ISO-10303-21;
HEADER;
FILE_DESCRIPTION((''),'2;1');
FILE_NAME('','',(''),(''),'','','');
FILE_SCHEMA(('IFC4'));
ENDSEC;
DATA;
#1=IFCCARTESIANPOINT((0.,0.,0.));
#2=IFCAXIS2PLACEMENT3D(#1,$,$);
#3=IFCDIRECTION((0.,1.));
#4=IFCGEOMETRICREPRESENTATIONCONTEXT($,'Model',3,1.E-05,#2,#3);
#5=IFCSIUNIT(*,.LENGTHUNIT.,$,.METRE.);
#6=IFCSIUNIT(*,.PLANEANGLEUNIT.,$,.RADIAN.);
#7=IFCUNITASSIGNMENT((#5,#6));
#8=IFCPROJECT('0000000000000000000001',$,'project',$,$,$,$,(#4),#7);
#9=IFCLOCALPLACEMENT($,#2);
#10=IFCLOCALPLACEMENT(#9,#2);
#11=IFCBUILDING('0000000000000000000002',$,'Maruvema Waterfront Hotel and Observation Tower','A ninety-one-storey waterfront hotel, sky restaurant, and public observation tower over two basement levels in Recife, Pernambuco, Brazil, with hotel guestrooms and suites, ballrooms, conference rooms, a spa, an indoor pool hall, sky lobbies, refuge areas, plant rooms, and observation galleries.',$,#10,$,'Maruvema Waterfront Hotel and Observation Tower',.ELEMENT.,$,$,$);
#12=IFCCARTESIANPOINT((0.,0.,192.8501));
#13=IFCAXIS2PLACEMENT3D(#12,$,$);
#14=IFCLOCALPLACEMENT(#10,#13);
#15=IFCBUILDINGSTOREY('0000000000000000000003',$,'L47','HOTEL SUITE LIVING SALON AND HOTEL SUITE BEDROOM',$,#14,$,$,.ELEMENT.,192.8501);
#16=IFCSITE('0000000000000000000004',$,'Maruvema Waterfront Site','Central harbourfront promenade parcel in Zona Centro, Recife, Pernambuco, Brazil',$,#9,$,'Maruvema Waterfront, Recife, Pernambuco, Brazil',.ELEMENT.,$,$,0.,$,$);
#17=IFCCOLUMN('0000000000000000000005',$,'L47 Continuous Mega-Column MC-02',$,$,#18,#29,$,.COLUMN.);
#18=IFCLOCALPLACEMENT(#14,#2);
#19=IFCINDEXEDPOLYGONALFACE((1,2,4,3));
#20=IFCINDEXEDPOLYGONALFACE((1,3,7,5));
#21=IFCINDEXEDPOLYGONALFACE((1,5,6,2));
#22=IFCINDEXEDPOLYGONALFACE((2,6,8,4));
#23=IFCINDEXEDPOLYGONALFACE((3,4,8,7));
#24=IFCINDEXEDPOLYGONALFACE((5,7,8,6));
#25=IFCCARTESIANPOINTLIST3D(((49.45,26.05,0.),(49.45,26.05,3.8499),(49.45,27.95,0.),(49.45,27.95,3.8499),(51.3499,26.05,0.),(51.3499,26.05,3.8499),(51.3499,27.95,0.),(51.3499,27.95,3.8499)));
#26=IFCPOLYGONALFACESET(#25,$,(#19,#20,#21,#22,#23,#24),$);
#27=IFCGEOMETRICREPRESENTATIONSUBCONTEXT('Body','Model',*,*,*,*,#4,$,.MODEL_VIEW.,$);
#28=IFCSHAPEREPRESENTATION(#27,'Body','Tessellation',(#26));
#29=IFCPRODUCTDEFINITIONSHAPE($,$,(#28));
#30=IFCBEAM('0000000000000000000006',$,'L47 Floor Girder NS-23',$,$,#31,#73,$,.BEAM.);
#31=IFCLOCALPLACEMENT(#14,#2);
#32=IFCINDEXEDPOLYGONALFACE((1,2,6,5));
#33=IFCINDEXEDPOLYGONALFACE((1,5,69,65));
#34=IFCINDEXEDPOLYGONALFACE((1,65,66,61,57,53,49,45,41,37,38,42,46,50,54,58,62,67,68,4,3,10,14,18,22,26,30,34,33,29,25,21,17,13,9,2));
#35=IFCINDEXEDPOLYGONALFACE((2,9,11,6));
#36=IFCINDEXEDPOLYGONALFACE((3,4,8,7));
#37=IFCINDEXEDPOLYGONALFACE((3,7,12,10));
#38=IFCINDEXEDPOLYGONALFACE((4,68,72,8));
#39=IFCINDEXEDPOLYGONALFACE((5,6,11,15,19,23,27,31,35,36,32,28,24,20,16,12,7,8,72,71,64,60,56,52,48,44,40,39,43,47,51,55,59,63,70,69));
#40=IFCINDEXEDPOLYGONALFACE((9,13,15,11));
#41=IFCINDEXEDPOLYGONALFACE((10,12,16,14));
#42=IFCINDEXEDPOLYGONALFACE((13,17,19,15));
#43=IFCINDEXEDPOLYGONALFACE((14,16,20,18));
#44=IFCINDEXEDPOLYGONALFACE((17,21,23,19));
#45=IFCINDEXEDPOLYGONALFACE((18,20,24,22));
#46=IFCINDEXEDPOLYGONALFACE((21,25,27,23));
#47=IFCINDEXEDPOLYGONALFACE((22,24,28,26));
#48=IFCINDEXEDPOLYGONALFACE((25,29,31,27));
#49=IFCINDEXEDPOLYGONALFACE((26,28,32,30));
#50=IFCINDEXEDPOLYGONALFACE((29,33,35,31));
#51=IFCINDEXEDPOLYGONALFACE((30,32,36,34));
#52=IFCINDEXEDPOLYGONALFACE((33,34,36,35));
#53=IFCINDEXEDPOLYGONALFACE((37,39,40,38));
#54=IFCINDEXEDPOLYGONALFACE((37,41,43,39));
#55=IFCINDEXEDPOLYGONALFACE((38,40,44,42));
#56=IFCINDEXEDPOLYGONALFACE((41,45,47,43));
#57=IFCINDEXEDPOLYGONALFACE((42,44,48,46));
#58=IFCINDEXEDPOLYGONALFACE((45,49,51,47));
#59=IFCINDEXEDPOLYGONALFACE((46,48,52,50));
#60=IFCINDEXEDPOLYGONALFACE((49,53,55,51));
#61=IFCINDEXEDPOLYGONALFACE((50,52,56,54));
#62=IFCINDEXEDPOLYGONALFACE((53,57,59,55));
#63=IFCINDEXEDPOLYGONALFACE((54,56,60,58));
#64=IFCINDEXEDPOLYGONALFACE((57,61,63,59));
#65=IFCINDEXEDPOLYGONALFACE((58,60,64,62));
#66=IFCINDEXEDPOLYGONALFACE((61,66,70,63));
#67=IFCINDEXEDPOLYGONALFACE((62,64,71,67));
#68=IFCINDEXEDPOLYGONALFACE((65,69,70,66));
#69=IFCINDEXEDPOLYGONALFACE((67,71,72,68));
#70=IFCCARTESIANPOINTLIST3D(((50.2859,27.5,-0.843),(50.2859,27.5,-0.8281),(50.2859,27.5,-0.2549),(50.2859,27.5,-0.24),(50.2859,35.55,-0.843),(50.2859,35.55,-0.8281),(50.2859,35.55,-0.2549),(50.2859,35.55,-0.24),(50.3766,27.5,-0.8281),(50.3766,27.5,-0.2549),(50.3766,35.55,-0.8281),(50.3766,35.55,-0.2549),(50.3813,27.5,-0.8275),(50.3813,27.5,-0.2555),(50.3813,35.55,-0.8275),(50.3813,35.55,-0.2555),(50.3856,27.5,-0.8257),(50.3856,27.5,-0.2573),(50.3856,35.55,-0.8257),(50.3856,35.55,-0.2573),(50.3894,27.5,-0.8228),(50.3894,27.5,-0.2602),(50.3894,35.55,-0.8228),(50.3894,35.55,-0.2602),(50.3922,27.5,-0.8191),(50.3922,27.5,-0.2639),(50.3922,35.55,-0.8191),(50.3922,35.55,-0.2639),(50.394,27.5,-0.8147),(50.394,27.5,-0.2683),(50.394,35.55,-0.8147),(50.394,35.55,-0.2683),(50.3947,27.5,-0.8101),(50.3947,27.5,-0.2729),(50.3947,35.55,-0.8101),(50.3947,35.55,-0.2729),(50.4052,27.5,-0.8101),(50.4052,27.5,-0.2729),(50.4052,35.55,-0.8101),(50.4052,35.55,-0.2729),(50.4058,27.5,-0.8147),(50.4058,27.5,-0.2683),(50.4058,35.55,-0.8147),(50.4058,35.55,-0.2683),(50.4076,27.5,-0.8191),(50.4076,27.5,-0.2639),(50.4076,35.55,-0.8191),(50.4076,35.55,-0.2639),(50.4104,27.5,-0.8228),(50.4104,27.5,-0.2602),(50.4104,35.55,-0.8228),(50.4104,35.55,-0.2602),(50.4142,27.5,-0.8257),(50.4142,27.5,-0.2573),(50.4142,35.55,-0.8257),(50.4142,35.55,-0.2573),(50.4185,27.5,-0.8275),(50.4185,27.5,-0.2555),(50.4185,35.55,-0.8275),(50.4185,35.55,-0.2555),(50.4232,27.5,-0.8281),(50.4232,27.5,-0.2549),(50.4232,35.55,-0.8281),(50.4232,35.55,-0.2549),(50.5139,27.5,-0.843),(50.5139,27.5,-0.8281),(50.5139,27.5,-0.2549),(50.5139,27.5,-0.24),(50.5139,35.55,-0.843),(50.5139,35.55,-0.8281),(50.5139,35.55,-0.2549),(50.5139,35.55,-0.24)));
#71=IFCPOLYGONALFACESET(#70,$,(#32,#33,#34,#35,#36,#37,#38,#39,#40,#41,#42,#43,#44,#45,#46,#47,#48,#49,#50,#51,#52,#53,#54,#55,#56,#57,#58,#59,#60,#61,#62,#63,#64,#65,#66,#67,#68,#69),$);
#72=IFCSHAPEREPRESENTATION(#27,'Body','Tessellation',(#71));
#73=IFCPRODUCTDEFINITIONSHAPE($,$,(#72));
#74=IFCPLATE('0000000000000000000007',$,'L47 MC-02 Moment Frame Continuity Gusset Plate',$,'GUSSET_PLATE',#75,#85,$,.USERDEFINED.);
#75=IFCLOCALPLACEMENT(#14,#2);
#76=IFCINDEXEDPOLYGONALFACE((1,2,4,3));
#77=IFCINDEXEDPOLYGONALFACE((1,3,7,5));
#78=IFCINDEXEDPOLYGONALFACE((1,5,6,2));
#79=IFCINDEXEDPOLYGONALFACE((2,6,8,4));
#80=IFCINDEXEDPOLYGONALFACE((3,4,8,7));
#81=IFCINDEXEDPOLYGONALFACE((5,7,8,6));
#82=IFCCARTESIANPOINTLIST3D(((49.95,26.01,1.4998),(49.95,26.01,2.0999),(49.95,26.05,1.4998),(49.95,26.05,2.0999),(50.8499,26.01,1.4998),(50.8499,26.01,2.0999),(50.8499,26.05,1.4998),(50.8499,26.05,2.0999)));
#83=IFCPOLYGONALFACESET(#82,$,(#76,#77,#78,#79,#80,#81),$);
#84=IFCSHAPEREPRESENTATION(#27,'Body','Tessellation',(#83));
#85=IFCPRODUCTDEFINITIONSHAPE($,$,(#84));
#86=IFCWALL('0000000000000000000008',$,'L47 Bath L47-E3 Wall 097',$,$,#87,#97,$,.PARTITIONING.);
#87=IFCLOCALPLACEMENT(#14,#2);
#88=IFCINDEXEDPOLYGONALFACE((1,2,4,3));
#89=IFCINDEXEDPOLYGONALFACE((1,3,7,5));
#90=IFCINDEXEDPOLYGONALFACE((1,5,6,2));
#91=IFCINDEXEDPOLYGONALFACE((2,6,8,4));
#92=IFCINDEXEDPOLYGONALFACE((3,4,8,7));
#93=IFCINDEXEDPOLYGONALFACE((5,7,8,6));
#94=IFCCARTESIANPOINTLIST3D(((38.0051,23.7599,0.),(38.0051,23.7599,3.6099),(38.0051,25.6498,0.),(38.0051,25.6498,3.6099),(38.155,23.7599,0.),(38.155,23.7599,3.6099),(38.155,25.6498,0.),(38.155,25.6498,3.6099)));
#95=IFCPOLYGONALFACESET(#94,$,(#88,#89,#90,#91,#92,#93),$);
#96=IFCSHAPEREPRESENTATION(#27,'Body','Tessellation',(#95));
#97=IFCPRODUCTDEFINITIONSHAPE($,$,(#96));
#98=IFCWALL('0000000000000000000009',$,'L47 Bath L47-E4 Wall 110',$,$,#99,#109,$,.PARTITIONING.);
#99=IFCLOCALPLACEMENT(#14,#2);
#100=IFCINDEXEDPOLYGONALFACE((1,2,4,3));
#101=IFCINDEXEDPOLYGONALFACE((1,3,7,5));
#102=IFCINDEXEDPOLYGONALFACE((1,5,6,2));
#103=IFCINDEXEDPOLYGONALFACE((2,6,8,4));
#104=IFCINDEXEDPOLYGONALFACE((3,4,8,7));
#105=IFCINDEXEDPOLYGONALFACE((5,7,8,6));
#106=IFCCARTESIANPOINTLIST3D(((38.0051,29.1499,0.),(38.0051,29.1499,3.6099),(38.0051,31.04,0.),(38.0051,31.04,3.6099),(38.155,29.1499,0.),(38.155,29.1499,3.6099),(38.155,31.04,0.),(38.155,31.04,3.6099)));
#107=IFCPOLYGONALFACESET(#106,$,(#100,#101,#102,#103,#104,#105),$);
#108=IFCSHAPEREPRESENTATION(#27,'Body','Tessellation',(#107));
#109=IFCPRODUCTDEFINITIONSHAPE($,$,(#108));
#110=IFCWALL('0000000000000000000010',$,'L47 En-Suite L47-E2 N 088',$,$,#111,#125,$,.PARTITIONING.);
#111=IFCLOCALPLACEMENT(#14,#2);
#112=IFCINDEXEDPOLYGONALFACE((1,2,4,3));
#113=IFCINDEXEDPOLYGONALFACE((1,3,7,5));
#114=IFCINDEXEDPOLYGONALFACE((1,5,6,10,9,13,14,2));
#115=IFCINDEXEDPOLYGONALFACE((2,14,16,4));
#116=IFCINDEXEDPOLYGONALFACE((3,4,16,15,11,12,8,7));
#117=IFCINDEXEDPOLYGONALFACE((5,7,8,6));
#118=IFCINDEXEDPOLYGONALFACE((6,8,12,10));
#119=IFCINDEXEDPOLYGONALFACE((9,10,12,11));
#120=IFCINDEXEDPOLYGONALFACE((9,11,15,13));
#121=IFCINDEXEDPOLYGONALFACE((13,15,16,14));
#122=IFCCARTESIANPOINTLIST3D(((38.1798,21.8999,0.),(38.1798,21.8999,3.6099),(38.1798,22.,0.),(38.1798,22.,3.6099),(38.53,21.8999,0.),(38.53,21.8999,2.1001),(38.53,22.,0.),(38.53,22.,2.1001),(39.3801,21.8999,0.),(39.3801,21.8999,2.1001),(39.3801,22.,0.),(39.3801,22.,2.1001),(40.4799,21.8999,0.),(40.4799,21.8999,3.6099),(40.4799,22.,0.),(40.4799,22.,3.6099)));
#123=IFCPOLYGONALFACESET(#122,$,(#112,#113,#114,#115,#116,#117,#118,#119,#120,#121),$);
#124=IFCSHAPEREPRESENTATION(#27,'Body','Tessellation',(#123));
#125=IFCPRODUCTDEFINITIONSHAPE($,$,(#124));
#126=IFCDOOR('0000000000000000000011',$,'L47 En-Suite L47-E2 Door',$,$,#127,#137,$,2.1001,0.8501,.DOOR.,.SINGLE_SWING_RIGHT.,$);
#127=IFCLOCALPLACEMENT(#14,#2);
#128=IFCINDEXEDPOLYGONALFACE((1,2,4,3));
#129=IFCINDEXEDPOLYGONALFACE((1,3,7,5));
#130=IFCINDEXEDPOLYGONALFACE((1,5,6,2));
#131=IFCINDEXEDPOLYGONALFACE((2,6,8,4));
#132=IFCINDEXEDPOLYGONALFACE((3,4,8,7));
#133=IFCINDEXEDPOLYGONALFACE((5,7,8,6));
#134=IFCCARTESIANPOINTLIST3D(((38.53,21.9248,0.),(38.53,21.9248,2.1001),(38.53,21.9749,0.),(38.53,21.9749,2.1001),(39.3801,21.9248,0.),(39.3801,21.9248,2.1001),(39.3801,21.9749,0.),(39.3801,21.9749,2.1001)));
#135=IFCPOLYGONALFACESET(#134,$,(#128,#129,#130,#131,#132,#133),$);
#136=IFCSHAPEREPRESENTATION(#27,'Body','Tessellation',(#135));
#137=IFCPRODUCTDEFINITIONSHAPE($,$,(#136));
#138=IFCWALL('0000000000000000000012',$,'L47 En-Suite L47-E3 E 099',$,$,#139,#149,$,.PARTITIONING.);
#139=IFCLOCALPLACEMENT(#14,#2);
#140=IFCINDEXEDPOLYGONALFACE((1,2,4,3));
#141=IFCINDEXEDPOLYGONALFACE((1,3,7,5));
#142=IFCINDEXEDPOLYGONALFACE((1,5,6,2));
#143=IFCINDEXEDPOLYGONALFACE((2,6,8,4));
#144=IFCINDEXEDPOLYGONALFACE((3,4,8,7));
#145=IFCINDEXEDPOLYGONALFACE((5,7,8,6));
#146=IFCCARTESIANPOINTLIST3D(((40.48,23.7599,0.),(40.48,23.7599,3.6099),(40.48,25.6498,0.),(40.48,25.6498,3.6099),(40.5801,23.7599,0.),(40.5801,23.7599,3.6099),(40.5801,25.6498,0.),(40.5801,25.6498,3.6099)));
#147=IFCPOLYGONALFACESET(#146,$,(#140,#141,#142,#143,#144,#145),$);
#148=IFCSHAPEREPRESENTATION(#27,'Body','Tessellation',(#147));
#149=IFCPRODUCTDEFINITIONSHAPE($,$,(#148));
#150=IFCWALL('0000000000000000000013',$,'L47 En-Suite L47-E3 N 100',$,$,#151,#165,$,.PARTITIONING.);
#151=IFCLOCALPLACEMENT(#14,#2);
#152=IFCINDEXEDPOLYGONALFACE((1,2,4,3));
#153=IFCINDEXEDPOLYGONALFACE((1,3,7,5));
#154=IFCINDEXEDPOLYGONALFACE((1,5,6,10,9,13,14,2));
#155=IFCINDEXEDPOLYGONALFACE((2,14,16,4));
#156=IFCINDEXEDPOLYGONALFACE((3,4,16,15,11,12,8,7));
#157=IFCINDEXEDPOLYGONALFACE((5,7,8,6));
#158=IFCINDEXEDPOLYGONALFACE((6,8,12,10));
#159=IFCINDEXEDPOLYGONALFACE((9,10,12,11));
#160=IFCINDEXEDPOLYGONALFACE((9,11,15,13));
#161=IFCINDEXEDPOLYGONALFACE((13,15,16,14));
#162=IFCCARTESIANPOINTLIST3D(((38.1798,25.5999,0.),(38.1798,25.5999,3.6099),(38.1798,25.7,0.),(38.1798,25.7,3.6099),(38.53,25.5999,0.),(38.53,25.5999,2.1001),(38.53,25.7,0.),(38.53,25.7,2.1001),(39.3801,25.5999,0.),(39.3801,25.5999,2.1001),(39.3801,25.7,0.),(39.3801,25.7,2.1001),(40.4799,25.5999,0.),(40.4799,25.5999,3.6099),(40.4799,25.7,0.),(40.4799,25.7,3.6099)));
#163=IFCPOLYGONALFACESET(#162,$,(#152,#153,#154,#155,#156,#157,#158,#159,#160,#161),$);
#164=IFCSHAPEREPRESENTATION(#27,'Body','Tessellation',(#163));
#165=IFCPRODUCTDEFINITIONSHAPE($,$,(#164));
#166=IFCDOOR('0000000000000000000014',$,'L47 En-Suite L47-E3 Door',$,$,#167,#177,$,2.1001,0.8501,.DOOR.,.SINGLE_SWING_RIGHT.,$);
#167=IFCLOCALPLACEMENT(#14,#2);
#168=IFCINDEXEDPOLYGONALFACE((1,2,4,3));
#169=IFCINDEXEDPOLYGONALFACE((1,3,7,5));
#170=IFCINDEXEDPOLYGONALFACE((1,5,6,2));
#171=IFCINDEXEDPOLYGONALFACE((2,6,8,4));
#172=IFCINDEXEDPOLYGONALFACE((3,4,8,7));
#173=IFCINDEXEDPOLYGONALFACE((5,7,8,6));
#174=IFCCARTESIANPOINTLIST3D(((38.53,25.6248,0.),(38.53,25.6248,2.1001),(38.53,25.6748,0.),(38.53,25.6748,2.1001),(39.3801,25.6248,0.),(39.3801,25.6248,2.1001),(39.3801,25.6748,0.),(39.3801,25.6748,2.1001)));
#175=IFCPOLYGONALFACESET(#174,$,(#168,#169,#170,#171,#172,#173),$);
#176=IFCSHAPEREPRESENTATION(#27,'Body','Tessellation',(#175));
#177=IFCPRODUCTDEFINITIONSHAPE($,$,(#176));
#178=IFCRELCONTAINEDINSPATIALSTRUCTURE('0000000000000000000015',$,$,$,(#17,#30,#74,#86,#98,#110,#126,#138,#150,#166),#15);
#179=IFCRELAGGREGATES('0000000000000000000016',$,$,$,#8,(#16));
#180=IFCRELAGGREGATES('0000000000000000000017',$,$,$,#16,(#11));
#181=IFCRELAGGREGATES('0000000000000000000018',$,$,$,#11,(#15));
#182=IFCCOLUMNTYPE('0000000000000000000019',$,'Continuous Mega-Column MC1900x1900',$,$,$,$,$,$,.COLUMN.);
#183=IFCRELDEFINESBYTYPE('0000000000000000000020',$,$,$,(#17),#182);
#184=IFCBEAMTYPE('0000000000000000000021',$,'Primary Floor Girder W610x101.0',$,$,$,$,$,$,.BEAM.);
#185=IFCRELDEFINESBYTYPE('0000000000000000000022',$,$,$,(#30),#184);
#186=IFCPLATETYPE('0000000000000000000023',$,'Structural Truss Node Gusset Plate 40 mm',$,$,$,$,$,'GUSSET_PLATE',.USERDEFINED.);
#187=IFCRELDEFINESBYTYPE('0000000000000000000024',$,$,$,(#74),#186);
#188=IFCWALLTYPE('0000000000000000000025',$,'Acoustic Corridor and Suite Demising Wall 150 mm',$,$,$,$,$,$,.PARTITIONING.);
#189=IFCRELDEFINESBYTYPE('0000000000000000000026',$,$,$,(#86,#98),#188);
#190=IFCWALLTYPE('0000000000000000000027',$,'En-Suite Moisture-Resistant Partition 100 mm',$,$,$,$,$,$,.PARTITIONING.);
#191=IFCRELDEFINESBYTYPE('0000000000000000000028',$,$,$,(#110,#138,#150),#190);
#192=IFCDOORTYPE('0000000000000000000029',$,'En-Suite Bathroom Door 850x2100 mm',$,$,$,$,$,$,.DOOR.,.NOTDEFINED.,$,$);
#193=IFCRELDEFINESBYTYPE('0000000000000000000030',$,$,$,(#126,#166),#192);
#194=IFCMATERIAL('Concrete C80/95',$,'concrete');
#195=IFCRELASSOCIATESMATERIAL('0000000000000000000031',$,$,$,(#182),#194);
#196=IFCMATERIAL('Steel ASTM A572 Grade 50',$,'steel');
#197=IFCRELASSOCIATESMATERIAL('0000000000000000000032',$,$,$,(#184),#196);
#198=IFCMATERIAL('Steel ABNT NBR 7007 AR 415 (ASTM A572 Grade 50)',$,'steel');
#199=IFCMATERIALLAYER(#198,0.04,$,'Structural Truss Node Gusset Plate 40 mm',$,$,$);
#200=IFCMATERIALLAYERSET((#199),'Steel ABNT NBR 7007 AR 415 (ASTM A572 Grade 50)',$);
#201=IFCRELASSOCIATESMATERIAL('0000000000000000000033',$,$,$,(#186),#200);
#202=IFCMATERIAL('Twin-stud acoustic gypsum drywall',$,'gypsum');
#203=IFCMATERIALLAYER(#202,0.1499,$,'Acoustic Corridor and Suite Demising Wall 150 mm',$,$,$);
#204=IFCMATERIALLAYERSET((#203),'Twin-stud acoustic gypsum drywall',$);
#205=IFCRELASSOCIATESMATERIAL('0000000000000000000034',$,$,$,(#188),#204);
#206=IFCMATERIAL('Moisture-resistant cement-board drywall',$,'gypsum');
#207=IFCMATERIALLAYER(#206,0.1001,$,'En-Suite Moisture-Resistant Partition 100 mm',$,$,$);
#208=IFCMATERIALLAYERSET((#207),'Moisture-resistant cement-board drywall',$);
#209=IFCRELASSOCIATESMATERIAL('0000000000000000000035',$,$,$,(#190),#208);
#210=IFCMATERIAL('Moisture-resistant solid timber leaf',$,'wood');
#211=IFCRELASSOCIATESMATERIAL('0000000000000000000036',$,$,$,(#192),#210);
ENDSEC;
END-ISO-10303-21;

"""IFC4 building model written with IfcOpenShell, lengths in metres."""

from ifc_helpers import new_model, si_unit, direction, frame, frame_2d, origin, origin_2d, place, context, subcontext, project, spatial, rectangle, i_section, extrude, material, layer, layer_set, material_profile, profile_set, type_object, element, fill, save


model = new_model("IFC4")

# Units and contexts
model_context = context("Model", 3, precision=1e-05, world=origin(), true_north=direction((0.0, 1.0)))
body_context = subcontext(model_context, "Body", "Model", "MODEL_VIEW")
ifc_project = project(units=[si_unit("LENGTHUNIT", "METRE"), si_unit("PLANEANGLEUNIT", "RADIAN")], contexts=[model_context])

# Site, building, storey
site_placement = place(None, origin())
site = spatial("IfcSite", under=ifc_project, at=site_placement, Name="Maruvema Waterfront Site", Description="Central harbourfront promenade parcel in Zona Centro, Recife, Pernambuco, Brazil", LongName="Maruvema Waterfront, Recife, Pernambuco, Brazil", CompositionType="ELEMENT", RefElevation=0.0)
building_placement = place(site_placement, origin())
building = spatial("IfcBuilding", under=site, at=building_placement, Name="Maruvema Waterfront Hotel and Observation Tower", Description="A ninety-one-storey waterfront hotel, sky restaurant, and public observation tower over two basement levels in Recife, Pernambuco, Brazil, with hotel guestrooms and suites, ballrooms, conference rooms, a spa, an indoor pool hall, sky lobbies, refuge areas, plant rooms, and observation galleries.", LongName="Maruvema Waterfront Hotel and Observation Tower", CompositionType="ELEMENT")
storey_placement = place(building_placement, frame((0.0, 0.0, 192.8501)))
storey = spatial("IfcBuildingStorey", under=building, at=storey_placement, Name="L47", Description="HOTEL SUITE LIVING SALON AND HOTEL SUITE BEDROOM", CompositionType="ELEMENT", Elevation=192.8501)

# Column
ifc_material_1 = material(Name="Concrete C80/95", Category="concrete")
ifc_material_profile_1 = material_profile(ifc_material_1, rectangle(XDim=1.8999, YDim=1.8999, at=origin_2d()), Name="MC1900x1900")
ifc_profile_set_1 = profile_set([ifc_material_profile_1], Name="Concrete C80/95")
column_type = type_object("IfcColumnType", Name="Continuous Mega-Column MC1900x1900", PredefinedType="COLUMN", material=ifc_profile_set_1)
column_placement = place(storey_placement, frame((50.3999, 27.0, 0.0), z_axis=(0.0, 0.0, 1.0), x_axis=(1.0, 0.0, 0.0)))
element("IfcColumn", 1, at=column_placement, inside=storey, type_object=column_type, Name="L47 Continuous Mega-Column MC-02", PredefinedType="COLUMN", context=body_context, shape_type="SweptSolid", body=[
    extrude(rectangle(XDim=1.8999, YDim=1.8999, at=origin_2d()), origin(), (0.0, 0.0, 1.0), 3.8499),
])

# Beam
ifc_material_2 = material(Name="Steel ASTM A572 Grade 50", Category="steel")
ifc_material_profile_2 = material_profile(ifc_material_2, i_section(OverallWidth=0.228, OverallDepth=0.603, WebThickness=0.0105, FlangeThickness=0.0149, FilletRadius=0.0181, at=origin_2d()), Name="W610x101.0")
ifc_profile_set_2 = profile_set([ifc_material_profile_2], Name="Steel ASTM A572 Grade 50")
beam_type = type_object("IfcBeamType", Name="Primary Floor Girder W610x101.0", PredefinedType="BEAM", material=ifc_profile_set_2)
beam_placement = place(storey_placement, frame((50.3999, 27.5, -0.5415), z_axis=(0.0, 1.0, 0.0), x_axis=(-1.0, 0.0, 0.0)))
element("IfcBeam", 2, at=beam_placement, inside=storey, type_object=beam_type, Name="L47 Floor Girder NS-23", PredefinedType="BEAM", context=body_context, shape_type="SweptSolid", body=[
    extrude(i_section(OverallWidth=0.228, OverallDepth=0.603, WebThickness=0.0105, FlangeThickness=0.0149, FilletRadius=0.0181, at=origin_2d()), origin(), (0.0, 0.0, 1.0), 8.05),
])

# Plate
ifc_material_3 = material(Name="Steel ABNT NBR 7007 AR 415 (ASTM A572 Grade 50)", Category="steel")
ifc_layer_1 = layer(ifc_material_3, 0.04, Name="Structural Truss Node Gusset Plate 40 mm")
ifc_layer_set_1 = layer_set([ifc_layer_1], Name="Steel ABNT NBR 7007 AR 415 (ASTM A572 Grade 50)")
plate_type = type_object("IfcPlateType", Name="Structural Truss Node Gusset Plate 40 mm", ElementType="GUSSET_PLATE", PredefinedType="USERDEFINED", material=ifc_layer_set_1)
plate_placement = place(storey_placement, frame((50.3999, 26.03, 1.4998), z_axis=(0.0, 0.0, 1.0), x_axis=(1.0, 0.0, 0.0)))
element("IfcPlate", 3, at=plate_placement, inside=storey, type_object=plate_type, Name="L47 MC-02 Moment Frame Continuity Gusset Plate", ObjectType="GUSSET_PLATE", PredefinedType="USERDEFINED", context=body_context, shape_type="SweptSolid", body=[
    extrude(rectangle(XDim=0.8999, YDim=0.04, at=origin_2d()), origin(), (0.0, 0.0, 1.0), 0.6001),
])

# Wall
ifc_material_4 = material(Name="Twin-stud acoustic gypsum drywall", Category="gypsum")
ifc_layer_2 = layer(ifc_material_4, 0.1499, Name="Acoustic Corridor and Suite Demising Wall 150 mm")
ifc_layer_set_2 = layer_set([ifc_layer_2], Name="Twin-stud acoustic gypsum drywall")
wall_type_1 = type_object("IfcWallType", Name="Acoustic Corridor and Suite Demising Wall 150 mm", PredefinedType="PARTITIONING", material=ifc_layer_set_2)
wall_1_placement = place(storey_placement, frame((38.0801, 23.76, 0.0), z_axis=(0.0, 0.0, 1.0), x_axis=(0.0, 1.0, 0.0)))
element("IfcWall", 4, at=wall_1_placement, inside=storey, type_object=wall_type_1, Name="L47 Bath L47-E3 Wall 097", PredefinedType="PARTITIONING", context=body_context, shape_type="SweptSolid", body=[
    extrude(rectangle(XDim=1.8899, YDim=0.1499, at=frame_2d((0.9448, 0.0))), origin(), (0.0, 0.0, 1.0), 3.6099),
])

# Wall
wall_2_placement = place(storey_placement, frame((38.0801, 29.1499, 0.0), z_axis=(0.0, 0.0, 1.0), x_axis=(0.0, 1.0, 0.0)))
element("IfcWall", 5, at=wall_2_placement, inside=storey, type_object=wall_type_1, Name="L47 Bath L47-E4 Wall 110", PredefinedType="PARTITIONING", context=body_context, shape_type="SweptSolid", body=[
    extrude(rectangle(XDim=1.8901, YDim=0.1499, at=frame_2d((0.9451, 0.0))), origin(), (0.0, 0.0, 1.0), 3.6099),
])

# Wall, opening, door
ifc_material_5 = material(Name="Moisture-resistant cement-board drywall", Category="gypsum")
ifc_layer_3 = layer(ifc_material_5, 0.1001, Name="En-Suite Moisture-Resistant Partition 100 mm")
ifc_layer_set_3 = layer_set([ifc_layer_3], Name="Moisture-resistant cement-board drywall")
wall_type_2 = type_object("IfcWallType", Name="En-Suite Moisture-Resistant Partition 100 mm", PredefinedType="PARTITIONING", material=ifc_layer_set_3)
wall_3_placement = place(storey_placement, frame((38.1799, 21.95, 0.0), z_axis=(0.0, 0.0, 1.0), x_axis=(1.0, 0.0, 0.0)))
wall_3 = element("IfcWall", 6, at=wall_3_placement, inside=storey, type_object=wall_type_2, Name="L47 En-Suite L47-E2 N 088", PredefinedType="PARTITIONING", context=body_context, shape_type="SweptSolid", body=[
    extrude(rectangle(XDim=2.3, YDim=0.1001, at=frame_2d((1.1499, 0.0))), origin(), (0.0, 0.0, 1.0), 3.6099),
])
opening_1_placement = place(wall_3_placement, frame((0.3501, 0.0, 0.0)))
opening_1 = element("IfcOpeningElement", 7, at=opening_1_placement, cuts=wall_3, PredefinedType="OPENING", context=body_context, shape_type="SweptSolid", body=[
    extrude(rectangle(XDim=0.8501, YDim=2.1001, at=frame_2d((0.425, 1.05))), frame((0.0, 0.0601, 0.0), z_axis=(0.0, -1.0, 0.0), x_axis=(1.0, 0.0, 0.0)), (0.0, 0.0, 1.0), 0.1201),
])
ifc_material_6 = material(Name="Moisture-resistant solid timber leaf", Category="wood")
door_type_1 = type_object("IfcDoorType", Name="En-Suite Bathroom Door 850x2100 mm", OperationType="NOTDEFINED", PredefinedType="DOOR", material=ifc_material_6)
door_1_placement = place(opening_1_placement, origin())
door_1 = element("IfcDoor", 8, at=door_1_placement, inside=storey, type_object=door_type_1, Name="L47 En-Suite L47-E2 Door", OperationType="SINGLE_SWING_RIGHT", OverallHeight=2.1001, OverallWidth=0.8501, PredefinedType="DOOR", context=body_context, shape_type="SweptSolid", body=[
    extrude(rectangle(XDim=0.8501, YDim=2.1001, at=frame_2d((0.425, 1.05))), frame((0.0, 0.0249, 0.0), z_axis=(0.0, -1.0, 0.0), x_axis=(1.0, 0.0, 0.0)), (0.0, 0.0, 1.0), 0.05),
])
fill(opening_1, door_1)

# Wall
wall_4_placement = place(storey_placement, frame((40.53, 23.76, 0.0), z_axis=(0.0, 0.0, 1.0), x_axis=(0.0, 1.0, 0.0)))
element("IfcWall", 9, at=wall_4_placement, inside=storey, type_object=wall_type_2, Name="L47 En-Suite L47-E3 E 099", PredefinedType="PARTITIONING", context=body_context, shape_type="SweptSolid", body=[
    extrude(rectangle(XDim=1.8899, YDim=0.1001, at=frame_2d((0.9448, 0.0))), origin(), (0.0, 0.0, 1.0), 3.6099),
])

# Wall, opening, door
wall_5_placement = place(storey_placement, frame((38.1799, 25.6499, 0.0), z_axis=(0.0, 0.0, 1.0), x_axis=(1.0, 0.0, 0.0)))
wall_5 = element("IfcWall", 10, at=wall_5_placement, inside=storey, type_object=wall_type_2, Name="L47 En-Suite L47-E3 N 100", PredefinedType="PARTITIONING", context=body_context, shape_type="SweptSolid", body=[
    extrude(rectangle(XDim=2.3, YDim=0.1001, at=frame_2d((1.1499, 0.0))), origin(), (0.0, 0.0, 1.0), 3.6099),
])
opening_2_placement = place(wall_5_placement, frame((0.3501, 0.0, 0.0)))
opening_2 = element("IfcOpeningElement", 11, at=opening_2_placement, cuts=wall_5, PredefinedType="OPENING", context=body_context, shape_type="SweptSolid", body=[
    extrude(rectangle(XDim=0.8501, YDim=2.1001, at=frame_2d((0.425, 1.05))), frame((0.0, 0.0601, 0.0), z_axis=(0.0, -1.0, 0.0), x_axis=(1.0, 0.0, 0.0)), (0.0, 0.0, 1.0), 0.1201),
])
door_2_placement = place(opening_2_placement, origin())
door_2 = element("IfcDoor", 12, at=door_2_placement, inside=storey, type_object=door_type_1, Name="L47 En-Suite L47-E3 Door", OperationType="SINGLE_SWING_RIGHT", OverallHeight=2.1001, OverallWidth=0.8501, PredefinedType="DOOR", context=body_context, shape_type="SweptSolid", body=[
    extrude(rectangle(XDim=0.8501, YDim=2.1001, at=frame_2d((0.425, 1.05))), frame((0.0, 0.0249, 0.0), z_axis=(0.0, -1.0, 0.0), x_axis=(1.0, 0.0, 0.0)), (0.0, 0.0, 1.0), 0.05),
])
fill(opening_2, door_2)

save(model, "model.ifc")
